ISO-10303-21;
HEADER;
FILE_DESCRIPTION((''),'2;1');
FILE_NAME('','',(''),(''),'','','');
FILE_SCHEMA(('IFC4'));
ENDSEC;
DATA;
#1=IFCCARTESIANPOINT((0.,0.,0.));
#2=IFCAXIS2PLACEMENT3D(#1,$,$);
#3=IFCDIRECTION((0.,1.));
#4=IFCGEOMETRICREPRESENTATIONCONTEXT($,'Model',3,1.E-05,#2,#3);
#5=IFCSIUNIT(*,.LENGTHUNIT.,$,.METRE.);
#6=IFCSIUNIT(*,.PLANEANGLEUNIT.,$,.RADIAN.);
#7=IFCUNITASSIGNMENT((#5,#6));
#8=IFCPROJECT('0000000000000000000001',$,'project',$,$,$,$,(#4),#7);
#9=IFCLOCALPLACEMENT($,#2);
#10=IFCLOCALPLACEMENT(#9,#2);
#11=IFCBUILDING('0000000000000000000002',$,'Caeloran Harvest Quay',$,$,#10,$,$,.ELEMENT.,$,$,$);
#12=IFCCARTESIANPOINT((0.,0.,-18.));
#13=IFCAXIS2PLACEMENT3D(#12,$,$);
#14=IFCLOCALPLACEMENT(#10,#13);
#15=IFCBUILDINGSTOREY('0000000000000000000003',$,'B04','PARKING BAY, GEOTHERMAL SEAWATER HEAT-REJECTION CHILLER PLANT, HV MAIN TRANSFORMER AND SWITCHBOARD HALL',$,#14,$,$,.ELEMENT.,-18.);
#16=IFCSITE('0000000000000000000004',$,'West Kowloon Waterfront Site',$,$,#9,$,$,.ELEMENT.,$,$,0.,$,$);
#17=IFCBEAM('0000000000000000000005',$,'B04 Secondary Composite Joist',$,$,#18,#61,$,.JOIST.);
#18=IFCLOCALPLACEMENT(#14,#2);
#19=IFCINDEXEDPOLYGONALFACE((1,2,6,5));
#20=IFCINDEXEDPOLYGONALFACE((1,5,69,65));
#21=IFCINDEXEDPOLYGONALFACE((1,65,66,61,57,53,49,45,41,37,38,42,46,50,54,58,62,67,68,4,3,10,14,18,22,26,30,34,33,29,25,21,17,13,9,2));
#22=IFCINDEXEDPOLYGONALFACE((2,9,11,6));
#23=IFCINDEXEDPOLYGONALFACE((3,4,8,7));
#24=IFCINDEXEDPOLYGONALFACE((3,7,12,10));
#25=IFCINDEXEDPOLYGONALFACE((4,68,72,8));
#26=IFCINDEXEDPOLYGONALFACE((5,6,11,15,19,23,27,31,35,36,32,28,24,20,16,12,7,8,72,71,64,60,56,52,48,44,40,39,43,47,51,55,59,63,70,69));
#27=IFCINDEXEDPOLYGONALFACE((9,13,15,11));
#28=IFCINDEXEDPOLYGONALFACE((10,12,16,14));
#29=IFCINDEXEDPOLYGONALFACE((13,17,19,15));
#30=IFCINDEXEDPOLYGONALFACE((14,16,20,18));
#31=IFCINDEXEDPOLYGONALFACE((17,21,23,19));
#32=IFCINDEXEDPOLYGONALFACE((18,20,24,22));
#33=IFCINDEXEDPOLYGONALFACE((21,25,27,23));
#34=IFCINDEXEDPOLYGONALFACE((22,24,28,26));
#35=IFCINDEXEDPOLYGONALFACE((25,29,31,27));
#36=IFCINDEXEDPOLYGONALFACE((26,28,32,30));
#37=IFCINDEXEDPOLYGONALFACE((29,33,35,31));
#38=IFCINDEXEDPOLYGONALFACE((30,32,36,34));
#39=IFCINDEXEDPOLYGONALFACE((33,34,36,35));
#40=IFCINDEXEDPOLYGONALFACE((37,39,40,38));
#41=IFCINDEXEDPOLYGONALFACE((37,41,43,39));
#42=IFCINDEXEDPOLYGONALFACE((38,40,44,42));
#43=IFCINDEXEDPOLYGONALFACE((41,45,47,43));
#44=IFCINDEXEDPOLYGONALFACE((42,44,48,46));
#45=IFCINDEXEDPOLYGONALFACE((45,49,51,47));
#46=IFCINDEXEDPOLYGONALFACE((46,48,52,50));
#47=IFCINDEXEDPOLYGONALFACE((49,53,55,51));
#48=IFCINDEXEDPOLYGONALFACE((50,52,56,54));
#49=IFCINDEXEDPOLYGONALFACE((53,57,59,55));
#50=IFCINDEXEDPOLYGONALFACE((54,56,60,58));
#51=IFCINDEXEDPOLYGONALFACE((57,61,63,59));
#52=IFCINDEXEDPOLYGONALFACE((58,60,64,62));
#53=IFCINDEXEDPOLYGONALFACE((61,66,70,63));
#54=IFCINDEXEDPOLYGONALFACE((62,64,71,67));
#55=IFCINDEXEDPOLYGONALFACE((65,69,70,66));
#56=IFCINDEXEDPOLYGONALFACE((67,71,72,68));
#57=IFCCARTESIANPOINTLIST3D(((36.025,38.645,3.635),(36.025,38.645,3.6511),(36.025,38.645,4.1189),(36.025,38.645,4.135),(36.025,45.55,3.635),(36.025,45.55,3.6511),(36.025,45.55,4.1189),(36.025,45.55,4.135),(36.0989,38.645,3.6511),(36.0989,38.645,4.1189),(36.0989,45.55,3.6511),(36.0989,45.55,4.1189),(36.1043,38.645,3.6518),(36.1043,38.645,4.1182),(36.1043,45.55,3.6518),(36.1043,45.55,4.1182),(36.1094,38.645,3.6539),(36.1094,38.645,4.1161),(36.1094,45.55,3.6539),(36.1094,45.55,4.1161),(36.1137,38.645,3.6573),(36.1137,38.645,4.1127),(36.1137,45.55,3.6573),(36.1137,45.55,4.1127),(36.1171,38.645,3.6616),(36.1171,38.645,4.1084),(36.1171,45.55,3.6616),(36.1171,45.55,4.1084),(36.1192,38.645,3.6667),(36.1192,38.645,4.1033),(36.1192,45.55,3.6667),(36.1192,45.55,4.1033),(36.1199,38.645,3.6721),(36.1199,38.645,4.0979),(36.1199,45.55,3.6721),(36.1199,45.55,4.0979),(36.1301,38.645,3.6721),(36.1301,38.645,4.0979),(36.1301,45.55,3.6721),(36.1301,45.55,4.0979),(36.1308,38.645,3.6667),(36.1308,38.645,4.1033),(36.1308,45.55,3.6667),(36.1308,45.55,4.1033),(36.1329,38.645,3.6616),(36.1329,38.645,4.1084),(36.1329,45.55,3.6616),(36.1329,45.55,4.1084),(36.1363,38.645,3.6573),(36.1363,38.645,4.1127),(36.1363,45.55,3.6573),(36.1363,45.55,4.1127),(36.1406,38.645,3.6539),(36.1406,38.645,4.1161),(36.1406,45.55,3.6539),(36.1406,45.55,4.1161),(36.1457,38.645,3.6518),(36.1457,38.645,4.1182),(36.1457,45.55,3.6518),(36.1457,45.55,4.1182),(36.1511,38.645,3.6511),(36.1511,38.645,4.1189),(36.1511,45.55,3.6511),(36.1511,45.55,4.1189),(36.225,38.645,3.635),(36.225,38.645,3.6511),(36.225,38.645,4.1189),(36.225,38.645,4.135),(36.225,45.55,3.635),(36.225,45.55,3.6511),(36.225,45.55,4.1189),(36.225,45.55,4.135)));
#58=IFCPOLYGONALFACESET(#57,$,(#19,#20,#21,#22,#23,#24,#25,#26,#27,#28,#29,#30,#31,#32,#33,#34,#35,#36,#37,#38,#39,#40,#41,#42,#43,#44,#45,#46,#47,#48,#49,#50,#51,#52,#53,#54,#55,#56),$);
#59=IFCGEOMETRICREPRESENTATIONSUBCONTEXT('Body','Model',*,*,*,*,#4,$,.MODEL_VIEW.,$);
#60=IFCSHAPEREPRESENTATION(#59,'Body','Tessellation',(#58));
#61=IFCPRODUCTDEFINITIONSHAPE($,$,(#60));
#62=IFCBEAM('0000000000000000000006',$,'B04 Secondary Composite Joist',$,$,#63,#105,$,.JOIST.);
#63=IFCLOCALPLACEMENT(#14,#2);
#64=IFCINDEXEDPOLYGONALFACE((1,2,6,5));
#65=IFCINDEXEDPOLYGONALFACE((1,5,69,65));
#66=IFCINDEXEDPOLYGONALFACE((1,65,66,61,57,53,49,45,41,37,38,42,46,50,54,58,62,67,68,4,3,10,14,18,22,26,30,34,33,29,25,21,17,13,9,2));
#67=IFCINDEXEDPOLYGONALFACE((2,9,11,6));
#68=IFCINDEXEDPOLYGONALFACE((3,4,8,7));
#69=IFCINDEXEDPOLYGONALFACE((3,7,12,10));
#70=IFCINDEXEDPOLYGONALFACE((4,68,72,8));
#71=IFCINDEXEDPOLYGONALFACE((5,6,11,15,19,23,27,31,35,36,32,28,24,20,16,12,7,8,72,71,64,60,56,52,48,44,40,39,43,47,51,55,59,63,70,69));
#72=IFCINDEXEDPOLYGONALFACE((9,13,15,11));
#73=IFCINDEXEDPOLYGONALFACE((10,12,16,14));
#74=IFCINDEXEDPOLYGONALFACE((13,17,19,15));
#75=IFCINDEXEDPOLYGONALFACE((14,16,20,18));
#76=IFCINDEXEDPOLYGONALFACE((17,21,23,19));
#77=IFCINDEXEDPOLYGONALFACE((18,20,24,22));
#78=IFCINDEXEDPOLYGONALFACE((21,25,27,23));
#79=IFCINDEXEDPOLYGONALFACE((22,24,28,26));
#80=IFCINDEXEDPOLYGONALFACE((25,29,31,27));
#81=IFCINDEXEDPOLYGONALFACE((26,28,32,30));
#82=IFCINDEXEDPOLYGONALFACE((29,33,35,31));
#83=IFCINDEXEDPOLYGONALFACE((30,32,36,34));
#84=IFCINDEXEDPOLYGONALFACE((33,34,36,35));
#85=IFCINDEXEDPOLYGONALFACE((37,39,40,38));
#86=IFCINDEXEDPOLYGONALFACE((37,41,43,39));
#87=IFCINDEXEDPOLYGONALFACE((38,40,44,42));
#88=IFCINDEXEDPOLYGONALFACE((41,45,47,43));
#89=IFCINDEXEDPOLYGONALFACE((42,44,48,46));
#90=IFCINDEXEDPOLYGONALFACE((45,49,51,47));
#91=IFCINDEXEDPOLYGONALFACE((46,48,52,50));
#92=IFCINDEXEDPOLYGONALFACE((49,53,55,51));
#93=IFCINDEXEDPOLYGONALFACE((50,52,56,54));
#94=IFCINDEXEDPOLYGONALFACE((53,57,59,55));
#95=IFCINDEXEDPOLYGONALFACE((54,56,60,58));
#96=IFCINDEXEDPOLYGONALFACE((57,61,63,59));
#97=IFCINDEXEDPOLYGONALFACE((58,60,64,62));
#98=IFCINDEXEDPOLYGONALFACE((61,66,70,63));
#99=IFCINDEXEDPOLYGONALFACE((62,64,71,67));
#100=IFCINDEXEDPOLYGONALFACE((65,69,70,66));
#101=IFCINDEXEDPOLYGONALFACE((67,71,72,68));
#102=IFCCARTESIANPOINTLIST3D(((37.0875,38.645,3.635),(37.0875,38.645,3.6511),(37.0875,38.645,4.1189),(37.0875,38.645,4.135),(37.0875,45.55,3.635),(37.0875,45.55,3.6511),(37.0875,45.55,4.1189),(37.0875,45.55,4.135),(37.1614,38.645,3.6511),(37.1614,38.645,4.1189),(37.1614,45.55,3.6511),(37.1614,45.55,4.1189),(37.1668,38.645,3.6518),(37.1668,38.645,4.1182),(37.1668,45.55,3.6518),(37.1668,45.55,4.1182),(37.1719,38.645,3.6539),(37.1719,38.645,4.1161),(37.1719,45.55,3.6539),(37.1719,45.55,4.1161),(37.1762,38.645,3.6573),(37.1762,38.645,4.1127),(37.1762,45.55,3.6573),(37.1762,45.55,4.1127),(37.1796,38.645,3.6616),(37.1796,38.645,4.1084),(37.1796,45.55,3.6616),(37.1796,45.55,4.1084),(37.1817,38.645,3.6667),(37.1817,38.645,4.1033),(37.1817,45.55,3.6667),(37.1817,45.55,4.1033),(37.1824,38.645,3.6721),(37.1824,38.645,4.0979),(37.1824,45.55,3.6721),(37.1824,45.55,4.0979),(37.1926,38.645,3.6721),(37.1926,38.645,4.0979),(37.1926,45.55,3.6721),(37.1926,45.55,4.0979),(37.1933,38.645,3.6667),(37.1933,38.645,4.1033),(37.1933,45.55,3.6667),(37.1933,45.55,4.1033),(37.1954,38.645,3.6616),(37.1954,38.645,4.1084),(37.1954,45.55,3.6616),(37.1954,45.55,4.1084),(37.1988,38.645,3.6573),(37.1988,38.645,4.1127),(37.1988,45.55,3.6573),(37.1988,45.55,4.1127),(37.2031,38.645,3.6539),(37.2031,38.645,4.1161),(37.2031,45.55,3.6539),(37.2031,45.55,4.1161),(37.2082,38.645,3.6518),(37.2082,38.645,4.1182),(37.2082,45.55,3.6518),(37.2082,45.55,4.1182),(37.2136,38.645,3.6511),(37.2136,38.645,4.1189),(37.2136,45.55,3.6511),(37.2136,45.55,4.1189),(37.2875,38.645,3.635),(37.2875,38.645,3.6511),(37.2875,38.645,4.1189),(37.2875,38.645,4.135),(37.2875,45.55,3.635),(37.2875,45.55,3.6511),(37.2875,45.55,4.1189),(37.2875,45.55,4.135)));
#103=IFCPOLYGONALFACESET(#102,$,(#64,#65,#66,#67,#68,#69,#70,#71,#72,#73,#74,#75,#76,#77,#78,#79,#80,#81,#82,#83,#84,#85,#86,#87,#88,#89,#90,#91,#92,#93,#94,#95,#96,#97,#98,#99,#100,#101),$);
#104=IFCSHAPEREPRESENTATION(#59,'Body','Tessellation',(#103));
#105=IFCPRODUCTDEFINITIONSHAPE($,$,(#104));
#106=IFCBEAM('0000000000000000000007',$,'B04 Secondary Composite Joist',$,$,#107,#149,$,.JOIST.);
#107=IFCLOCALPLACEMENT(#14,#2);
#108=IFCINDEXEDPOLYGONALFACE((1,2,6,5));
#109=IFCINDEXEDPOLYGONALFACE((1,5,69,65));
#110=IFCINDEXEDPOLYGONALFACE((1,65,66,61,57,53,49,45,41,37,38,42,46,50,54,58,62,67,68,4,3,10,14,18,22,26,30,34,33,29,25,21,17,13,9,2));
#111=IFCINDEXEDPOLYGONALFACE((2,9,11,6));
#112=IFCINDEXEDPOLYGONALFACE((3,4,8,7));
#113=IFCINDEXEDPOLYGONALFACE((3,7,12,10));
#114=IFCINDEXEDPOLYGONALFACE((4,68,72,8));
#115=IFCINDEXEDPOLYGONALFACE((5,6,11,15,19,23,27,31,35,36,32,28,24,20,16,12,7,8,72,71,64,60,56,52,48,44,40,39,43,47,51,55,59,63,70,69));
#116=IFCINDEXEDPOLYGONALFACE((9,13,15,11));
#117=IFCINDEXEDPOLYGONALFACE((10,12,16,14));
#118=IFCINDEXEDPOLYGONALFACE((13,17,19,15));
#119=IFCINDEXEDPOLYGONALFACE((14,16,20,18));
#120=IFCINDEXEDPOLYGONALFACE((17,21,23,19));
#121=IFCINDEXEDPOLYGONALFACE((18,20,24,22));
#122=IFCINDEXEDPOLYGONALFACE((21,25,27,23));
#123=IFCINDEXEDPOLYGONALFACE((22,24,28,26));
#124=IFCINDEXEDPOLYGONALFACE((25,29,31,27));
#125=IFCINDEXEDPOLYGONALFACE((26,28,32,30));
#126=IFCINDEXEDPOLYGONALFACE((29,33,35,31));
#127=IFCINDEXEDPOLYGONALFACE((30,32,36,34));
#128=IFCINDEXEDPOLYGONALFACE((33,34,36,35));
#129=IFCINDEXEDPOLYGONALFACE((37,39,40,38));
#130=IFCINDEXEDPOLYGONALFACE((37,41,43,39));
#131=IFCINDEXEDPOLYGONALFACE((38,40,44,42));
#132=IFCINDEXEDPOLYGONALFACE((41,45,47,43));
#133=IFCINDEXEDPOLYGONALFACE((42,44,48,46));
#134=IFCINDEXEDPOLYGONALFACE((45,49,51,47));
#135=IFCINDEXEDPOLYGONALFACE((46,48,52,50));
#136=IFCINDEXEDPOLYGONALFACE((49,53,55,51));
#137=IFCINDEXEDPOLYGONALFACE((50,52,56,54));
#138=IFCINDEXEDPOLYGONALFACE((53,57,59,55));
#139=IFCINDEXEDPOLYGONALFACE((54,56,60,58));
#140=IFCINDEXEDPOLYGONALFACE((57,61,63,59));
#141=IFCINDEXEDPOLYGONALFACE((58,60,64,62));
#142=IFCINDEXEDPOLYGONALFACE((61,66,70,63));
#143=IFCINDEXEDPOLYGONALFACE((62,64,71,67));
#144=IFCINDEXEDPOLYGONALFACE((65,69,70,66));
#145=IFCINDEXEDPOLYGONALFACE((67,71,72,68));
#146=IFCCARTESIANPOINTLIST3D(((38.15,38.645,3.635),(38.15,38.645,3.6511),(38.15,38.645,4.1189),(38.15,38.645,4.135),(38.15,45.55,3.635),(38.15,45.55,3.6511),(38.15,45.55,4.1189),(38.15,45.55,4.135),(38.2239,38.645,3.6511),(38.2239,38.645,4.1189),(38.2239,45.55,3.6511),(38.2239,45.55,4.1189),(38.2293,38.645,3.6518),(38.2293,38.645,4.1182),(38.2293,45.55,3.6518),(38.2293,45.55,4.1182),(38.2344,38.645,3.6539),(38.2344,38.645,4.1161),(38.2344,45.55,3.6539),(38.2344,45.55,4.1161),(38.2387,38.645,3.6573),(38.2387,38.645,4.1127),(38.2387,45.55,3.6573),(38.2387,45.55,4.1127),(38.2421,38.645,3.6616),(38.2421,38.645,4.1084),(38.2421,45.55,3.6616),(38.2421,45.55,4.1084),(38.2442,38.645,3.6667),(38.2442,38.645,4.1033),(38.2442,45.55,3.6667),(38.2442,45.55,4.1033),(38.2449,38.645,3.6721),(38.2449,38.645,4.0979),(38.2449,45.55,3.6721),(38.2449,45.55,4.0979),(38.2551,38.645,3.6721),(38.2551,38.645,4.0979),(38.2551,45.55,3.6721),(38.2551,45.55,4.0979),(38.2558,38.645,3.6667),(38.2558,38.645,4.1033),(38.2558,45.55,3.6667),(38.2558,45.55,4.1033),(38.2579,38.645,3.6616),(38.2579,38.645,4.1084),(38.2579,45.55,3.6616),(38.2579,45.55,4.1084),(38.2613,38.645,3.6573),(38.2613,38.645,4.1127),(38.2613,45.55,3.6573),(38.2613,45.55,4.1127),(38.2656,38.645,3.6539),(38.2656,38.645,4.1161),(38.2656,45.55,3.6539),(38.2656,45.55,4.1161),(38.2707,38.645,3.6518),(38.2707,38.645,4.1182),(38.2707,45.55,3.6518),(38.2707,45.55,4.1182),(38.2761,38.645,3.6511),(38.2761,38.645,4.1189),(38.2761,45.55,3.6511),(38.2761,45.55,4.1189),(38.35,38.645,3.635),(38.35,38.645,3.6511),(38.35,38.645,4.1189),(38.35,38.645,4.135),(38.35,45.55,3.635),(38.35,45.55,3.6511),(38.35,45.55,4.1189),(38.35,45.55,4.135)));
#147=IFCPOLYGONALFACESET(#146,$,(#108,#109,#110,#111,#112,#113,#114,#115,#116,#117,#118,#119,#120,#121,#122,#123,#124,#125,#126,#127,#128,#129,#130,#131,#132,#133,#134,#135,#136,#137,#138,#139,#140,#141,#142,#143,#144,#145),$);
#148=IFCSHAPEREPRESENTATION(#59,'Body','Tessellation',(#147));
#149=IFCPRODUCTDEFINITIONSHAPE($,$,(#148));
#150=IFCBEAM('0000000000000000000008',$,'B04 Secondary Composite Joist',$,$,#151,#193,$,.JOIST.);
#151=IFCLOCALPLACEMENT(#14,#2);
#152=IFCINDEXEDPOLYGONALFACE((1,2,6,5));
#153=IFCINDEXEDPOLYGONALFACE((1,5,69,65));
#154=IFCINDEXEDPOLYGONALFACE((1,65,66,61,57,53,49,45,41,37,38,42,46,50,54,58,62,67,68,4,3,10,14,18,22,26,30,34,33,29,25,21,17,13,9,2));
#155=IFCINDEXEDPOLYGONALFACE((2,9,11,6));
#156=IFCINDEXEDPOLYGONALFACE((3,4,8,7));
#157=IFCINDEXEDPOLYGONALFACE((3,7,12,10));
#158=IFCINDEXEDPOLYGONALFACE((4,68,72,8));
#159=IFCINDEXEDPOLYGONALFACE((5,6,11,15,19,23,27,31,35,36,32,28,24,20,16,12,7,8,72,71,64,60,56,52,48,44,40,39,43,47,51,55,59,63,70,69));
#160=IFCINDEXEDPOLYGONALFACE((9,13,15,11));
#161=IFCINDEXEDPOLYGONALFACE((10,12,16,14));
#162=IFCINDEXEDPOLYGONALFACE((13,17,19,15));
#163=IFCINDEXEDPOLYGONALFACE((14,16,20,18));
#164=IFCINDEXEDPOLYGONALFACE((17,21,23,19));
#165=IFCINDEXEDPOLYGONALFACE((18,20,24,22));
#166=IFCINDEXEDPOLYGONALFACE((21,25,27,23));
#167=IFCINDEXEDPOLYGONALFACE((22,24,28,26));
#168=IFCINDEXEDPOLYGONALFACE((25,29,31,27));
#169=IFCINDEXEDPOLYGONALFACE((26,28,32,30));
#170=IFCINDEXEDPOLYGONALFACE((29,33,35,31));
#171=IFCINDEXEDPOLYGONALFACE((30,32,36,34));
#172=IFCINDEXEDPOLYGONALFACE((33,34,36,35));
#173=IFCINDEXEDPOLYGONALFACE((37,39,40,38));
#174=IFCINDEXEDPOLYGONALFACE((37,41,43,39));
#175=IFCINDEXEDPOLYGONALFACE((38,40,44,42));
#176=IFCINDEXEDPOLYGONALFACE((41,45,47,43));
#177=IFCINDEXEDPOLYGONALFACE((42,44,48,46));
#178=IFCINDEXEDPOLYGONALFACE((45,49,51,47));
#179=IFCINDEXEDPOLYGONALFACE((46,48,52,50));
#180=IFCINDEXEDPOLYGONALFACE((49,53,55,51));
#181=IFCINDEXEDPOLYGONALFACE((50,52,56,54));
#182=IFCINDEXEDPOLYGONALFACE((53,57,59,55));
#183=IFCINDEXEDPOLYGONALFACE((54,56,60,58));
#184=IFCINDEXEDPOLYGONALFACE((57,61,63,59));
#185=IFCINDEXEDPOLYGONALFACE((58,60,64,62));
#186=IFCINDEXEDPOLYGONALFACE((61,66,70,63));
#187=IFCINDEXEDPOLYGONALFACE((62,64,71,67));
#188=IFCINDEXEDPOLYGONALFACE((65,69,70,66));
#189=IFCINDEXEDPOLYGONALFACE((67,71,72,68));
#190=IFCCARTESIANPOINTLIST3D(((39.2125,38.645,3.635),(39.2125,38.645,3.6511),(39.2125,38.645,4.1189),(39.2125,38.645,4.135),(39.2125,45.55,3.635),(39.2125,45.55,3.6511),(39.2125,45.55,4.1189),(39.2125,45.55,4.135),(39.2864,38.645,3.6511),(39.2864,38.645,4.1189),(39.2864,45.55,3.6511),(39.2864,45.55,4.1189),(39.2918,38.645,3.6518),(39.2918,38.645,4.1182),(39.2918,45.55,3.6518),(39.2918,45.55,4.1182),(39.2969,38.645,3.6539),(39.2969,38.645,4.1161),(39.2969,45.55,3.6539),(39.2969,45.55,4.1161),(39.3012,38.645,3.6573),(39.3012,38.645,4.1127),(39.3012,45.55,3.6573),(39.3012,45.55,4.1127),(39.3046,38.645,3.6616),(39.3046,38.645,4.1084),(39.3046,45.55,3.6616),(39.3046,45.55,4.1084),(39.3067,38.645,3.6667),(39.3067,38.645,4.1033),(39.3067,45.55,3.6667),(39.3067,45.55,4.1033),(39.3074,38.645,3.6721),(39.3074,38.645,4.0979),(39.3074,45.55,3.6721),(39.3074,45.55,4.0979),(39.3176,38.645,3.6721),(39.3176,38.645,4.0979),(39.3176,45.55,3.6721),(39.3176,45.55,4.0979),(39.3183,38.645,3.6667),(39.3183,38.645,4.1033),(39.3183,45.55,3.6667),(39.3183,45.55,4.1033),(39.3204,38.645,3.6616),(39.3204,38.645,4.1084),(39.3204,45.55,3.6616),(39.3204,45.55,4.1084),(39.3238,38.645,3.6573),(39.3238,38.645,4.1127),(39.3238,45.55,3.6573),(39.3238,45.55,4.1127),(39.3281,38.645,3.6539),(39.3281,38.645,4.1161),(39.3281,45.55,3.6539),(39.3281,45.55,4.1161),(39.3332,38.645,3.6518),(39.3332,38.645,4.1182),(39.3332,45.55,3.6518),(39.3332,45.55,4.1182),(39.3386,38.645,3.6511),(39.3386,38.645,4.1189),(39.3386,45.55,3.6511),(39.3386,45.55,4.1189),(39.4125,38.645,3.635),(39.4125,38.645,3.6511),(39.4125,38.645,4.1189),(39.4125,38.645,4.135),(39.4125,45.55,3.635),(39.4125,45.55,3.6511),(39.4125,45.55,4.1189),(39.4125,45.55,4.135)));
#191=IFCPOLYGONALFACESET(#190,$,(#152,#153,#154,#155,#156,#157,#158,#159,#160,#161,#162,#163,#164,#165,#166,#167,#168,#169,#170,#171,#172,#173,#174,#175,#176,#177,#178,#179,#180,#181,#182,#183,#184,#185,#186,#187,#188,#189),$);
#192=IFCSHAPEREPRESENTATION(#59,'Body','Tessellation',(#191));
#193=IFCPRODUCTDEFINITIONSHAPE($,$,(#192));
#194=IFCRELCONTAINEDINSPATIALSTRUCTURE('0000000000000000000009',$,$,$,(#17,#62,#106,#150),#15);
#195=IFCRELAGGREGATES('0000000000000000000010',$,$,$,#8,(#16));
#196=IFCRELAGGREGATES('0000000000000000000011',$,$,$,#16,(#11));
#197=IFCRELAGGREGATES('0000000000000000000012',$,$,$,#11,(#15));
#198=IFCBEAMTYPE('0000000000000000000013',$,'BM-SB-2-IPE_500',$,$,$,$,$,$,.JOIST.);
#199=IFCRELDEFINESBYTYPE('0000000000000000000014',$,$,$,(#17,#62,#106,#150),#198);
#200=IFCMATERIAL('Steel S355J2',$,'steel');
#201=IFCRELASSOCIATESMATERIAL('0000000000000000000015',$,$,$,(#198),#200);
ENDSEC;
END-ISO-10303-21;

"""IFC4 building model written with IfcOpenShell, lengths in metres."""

from ifc_helpers import new_model, si_unit, direction, frame, origin, origin_2d, place, context, subcontext, project, spatial, i_section, extrude, material, material_profile, profile_set, type_object, element, save


model = new_model("IFC4")

# Units and contexts
model_context = context("Model", 3, precision=1e-05, world=origin(), true_north=direction((0.0, 1.0)))
body_context = subcontext(model_context, "Body", "Model", "MODEL_VIEW")
ifc_project = project(units=[si_unit("LENGTHUNIT", "METRE"), si_unit("PLANEANGLEUNIT", "RADIAN")], contexts=[model_context])

# Site, building, storey
site_placement = place(None, origin())
site = spatial("IfcSite", under=ifc_project, at=site_placement, Name="West Kowloon Waterfront Site", CompositionType="ELEMENT", RefElevation=0.0)
building_placement = place(site_placement, origin())
building = spatial("IfcBuilding", under=site, at=building_placement, Name="Caeloran Harvest Quay", CompositionType="ELEMENT")
storey_placement = place(building_placement, frame((0.0, 0.0, -18.0)))
storey = spatial("IfcBuildingStorey", under=building, at=storey_placement, Name="B04", Description="PARKING BAY, GEOTHERMAL SEAWATER HEAT-REJECTION CHILLER PLANT, HV MAIN TRANSFORMER AND SWITCHBOARD HALL", CompositionType="ELEMENT", Elevation=-18.0)

# Beams
ifc_material_1 = material(Name="Steel S355J2", Category="steel")
ifc_material_profile_1 = material_profile(ifc_material_1, i_section(OverallWidth=0.2, OverallDepth=0.5, WebThickness=0.0103, FlangeThickness=0.0161, FilletRadius=0.021, at=origin_2d()), Name="IPE 500")
ifc_profile_set_1 = profile_set([ifc_material_profile_1], Name="Steel S355J2")
beam_type_1 = type_object("IfcBeamType", Name="BM-SB-2-IPE_500", PredefinedType="JOIST", material=ifc_profile_set_1)
for number, where, z_axis, x_axis, name in (
    (1, (36.125, 38.645, 3.885), (0.0, 1.0, 0.0), (-1.0, 0.0, 0.0), "B04 Secondary Composite Joist"),
    (2, (37.1875, 38.645, 3.885), (0.0, 1.0, 0.0), (-1.0, 0.0, 0.0), "B04 Secondary Composite Joist"),
    (3, (38.25, 38.645, 3.885), (0.0, 1.0, 0.0), (-1.0, 0.0, 0.0), "B04 Secondary Composite Joist"),
    (4, (39.3125, 38.645, 3.885), (0.0, 1.0, 0.0), (-1.0, 0.0, 0.0), "B04 Secondary Composite Joist"),
):
    element("IfcBeam", number, at=place(storey_placement, frame(where, z_axis=z_axis, x_axis=x_axis)), inside=storey, type_object=beam_type_1, Name=name, PredefinedType="JOIST", context=body_context, shape_type="SweptSolid", body=[
        extrude(i_section(OverallWidth=0.2, OverallDepth=0.5, WebThickness=0.0103, FlangeThickness=0.0161, FilletRadius=0.021, at=origin_2d()), origin(), (0.0, 0.0, 1.0), 6.905),
    ])

save(model, "model.ifc")
